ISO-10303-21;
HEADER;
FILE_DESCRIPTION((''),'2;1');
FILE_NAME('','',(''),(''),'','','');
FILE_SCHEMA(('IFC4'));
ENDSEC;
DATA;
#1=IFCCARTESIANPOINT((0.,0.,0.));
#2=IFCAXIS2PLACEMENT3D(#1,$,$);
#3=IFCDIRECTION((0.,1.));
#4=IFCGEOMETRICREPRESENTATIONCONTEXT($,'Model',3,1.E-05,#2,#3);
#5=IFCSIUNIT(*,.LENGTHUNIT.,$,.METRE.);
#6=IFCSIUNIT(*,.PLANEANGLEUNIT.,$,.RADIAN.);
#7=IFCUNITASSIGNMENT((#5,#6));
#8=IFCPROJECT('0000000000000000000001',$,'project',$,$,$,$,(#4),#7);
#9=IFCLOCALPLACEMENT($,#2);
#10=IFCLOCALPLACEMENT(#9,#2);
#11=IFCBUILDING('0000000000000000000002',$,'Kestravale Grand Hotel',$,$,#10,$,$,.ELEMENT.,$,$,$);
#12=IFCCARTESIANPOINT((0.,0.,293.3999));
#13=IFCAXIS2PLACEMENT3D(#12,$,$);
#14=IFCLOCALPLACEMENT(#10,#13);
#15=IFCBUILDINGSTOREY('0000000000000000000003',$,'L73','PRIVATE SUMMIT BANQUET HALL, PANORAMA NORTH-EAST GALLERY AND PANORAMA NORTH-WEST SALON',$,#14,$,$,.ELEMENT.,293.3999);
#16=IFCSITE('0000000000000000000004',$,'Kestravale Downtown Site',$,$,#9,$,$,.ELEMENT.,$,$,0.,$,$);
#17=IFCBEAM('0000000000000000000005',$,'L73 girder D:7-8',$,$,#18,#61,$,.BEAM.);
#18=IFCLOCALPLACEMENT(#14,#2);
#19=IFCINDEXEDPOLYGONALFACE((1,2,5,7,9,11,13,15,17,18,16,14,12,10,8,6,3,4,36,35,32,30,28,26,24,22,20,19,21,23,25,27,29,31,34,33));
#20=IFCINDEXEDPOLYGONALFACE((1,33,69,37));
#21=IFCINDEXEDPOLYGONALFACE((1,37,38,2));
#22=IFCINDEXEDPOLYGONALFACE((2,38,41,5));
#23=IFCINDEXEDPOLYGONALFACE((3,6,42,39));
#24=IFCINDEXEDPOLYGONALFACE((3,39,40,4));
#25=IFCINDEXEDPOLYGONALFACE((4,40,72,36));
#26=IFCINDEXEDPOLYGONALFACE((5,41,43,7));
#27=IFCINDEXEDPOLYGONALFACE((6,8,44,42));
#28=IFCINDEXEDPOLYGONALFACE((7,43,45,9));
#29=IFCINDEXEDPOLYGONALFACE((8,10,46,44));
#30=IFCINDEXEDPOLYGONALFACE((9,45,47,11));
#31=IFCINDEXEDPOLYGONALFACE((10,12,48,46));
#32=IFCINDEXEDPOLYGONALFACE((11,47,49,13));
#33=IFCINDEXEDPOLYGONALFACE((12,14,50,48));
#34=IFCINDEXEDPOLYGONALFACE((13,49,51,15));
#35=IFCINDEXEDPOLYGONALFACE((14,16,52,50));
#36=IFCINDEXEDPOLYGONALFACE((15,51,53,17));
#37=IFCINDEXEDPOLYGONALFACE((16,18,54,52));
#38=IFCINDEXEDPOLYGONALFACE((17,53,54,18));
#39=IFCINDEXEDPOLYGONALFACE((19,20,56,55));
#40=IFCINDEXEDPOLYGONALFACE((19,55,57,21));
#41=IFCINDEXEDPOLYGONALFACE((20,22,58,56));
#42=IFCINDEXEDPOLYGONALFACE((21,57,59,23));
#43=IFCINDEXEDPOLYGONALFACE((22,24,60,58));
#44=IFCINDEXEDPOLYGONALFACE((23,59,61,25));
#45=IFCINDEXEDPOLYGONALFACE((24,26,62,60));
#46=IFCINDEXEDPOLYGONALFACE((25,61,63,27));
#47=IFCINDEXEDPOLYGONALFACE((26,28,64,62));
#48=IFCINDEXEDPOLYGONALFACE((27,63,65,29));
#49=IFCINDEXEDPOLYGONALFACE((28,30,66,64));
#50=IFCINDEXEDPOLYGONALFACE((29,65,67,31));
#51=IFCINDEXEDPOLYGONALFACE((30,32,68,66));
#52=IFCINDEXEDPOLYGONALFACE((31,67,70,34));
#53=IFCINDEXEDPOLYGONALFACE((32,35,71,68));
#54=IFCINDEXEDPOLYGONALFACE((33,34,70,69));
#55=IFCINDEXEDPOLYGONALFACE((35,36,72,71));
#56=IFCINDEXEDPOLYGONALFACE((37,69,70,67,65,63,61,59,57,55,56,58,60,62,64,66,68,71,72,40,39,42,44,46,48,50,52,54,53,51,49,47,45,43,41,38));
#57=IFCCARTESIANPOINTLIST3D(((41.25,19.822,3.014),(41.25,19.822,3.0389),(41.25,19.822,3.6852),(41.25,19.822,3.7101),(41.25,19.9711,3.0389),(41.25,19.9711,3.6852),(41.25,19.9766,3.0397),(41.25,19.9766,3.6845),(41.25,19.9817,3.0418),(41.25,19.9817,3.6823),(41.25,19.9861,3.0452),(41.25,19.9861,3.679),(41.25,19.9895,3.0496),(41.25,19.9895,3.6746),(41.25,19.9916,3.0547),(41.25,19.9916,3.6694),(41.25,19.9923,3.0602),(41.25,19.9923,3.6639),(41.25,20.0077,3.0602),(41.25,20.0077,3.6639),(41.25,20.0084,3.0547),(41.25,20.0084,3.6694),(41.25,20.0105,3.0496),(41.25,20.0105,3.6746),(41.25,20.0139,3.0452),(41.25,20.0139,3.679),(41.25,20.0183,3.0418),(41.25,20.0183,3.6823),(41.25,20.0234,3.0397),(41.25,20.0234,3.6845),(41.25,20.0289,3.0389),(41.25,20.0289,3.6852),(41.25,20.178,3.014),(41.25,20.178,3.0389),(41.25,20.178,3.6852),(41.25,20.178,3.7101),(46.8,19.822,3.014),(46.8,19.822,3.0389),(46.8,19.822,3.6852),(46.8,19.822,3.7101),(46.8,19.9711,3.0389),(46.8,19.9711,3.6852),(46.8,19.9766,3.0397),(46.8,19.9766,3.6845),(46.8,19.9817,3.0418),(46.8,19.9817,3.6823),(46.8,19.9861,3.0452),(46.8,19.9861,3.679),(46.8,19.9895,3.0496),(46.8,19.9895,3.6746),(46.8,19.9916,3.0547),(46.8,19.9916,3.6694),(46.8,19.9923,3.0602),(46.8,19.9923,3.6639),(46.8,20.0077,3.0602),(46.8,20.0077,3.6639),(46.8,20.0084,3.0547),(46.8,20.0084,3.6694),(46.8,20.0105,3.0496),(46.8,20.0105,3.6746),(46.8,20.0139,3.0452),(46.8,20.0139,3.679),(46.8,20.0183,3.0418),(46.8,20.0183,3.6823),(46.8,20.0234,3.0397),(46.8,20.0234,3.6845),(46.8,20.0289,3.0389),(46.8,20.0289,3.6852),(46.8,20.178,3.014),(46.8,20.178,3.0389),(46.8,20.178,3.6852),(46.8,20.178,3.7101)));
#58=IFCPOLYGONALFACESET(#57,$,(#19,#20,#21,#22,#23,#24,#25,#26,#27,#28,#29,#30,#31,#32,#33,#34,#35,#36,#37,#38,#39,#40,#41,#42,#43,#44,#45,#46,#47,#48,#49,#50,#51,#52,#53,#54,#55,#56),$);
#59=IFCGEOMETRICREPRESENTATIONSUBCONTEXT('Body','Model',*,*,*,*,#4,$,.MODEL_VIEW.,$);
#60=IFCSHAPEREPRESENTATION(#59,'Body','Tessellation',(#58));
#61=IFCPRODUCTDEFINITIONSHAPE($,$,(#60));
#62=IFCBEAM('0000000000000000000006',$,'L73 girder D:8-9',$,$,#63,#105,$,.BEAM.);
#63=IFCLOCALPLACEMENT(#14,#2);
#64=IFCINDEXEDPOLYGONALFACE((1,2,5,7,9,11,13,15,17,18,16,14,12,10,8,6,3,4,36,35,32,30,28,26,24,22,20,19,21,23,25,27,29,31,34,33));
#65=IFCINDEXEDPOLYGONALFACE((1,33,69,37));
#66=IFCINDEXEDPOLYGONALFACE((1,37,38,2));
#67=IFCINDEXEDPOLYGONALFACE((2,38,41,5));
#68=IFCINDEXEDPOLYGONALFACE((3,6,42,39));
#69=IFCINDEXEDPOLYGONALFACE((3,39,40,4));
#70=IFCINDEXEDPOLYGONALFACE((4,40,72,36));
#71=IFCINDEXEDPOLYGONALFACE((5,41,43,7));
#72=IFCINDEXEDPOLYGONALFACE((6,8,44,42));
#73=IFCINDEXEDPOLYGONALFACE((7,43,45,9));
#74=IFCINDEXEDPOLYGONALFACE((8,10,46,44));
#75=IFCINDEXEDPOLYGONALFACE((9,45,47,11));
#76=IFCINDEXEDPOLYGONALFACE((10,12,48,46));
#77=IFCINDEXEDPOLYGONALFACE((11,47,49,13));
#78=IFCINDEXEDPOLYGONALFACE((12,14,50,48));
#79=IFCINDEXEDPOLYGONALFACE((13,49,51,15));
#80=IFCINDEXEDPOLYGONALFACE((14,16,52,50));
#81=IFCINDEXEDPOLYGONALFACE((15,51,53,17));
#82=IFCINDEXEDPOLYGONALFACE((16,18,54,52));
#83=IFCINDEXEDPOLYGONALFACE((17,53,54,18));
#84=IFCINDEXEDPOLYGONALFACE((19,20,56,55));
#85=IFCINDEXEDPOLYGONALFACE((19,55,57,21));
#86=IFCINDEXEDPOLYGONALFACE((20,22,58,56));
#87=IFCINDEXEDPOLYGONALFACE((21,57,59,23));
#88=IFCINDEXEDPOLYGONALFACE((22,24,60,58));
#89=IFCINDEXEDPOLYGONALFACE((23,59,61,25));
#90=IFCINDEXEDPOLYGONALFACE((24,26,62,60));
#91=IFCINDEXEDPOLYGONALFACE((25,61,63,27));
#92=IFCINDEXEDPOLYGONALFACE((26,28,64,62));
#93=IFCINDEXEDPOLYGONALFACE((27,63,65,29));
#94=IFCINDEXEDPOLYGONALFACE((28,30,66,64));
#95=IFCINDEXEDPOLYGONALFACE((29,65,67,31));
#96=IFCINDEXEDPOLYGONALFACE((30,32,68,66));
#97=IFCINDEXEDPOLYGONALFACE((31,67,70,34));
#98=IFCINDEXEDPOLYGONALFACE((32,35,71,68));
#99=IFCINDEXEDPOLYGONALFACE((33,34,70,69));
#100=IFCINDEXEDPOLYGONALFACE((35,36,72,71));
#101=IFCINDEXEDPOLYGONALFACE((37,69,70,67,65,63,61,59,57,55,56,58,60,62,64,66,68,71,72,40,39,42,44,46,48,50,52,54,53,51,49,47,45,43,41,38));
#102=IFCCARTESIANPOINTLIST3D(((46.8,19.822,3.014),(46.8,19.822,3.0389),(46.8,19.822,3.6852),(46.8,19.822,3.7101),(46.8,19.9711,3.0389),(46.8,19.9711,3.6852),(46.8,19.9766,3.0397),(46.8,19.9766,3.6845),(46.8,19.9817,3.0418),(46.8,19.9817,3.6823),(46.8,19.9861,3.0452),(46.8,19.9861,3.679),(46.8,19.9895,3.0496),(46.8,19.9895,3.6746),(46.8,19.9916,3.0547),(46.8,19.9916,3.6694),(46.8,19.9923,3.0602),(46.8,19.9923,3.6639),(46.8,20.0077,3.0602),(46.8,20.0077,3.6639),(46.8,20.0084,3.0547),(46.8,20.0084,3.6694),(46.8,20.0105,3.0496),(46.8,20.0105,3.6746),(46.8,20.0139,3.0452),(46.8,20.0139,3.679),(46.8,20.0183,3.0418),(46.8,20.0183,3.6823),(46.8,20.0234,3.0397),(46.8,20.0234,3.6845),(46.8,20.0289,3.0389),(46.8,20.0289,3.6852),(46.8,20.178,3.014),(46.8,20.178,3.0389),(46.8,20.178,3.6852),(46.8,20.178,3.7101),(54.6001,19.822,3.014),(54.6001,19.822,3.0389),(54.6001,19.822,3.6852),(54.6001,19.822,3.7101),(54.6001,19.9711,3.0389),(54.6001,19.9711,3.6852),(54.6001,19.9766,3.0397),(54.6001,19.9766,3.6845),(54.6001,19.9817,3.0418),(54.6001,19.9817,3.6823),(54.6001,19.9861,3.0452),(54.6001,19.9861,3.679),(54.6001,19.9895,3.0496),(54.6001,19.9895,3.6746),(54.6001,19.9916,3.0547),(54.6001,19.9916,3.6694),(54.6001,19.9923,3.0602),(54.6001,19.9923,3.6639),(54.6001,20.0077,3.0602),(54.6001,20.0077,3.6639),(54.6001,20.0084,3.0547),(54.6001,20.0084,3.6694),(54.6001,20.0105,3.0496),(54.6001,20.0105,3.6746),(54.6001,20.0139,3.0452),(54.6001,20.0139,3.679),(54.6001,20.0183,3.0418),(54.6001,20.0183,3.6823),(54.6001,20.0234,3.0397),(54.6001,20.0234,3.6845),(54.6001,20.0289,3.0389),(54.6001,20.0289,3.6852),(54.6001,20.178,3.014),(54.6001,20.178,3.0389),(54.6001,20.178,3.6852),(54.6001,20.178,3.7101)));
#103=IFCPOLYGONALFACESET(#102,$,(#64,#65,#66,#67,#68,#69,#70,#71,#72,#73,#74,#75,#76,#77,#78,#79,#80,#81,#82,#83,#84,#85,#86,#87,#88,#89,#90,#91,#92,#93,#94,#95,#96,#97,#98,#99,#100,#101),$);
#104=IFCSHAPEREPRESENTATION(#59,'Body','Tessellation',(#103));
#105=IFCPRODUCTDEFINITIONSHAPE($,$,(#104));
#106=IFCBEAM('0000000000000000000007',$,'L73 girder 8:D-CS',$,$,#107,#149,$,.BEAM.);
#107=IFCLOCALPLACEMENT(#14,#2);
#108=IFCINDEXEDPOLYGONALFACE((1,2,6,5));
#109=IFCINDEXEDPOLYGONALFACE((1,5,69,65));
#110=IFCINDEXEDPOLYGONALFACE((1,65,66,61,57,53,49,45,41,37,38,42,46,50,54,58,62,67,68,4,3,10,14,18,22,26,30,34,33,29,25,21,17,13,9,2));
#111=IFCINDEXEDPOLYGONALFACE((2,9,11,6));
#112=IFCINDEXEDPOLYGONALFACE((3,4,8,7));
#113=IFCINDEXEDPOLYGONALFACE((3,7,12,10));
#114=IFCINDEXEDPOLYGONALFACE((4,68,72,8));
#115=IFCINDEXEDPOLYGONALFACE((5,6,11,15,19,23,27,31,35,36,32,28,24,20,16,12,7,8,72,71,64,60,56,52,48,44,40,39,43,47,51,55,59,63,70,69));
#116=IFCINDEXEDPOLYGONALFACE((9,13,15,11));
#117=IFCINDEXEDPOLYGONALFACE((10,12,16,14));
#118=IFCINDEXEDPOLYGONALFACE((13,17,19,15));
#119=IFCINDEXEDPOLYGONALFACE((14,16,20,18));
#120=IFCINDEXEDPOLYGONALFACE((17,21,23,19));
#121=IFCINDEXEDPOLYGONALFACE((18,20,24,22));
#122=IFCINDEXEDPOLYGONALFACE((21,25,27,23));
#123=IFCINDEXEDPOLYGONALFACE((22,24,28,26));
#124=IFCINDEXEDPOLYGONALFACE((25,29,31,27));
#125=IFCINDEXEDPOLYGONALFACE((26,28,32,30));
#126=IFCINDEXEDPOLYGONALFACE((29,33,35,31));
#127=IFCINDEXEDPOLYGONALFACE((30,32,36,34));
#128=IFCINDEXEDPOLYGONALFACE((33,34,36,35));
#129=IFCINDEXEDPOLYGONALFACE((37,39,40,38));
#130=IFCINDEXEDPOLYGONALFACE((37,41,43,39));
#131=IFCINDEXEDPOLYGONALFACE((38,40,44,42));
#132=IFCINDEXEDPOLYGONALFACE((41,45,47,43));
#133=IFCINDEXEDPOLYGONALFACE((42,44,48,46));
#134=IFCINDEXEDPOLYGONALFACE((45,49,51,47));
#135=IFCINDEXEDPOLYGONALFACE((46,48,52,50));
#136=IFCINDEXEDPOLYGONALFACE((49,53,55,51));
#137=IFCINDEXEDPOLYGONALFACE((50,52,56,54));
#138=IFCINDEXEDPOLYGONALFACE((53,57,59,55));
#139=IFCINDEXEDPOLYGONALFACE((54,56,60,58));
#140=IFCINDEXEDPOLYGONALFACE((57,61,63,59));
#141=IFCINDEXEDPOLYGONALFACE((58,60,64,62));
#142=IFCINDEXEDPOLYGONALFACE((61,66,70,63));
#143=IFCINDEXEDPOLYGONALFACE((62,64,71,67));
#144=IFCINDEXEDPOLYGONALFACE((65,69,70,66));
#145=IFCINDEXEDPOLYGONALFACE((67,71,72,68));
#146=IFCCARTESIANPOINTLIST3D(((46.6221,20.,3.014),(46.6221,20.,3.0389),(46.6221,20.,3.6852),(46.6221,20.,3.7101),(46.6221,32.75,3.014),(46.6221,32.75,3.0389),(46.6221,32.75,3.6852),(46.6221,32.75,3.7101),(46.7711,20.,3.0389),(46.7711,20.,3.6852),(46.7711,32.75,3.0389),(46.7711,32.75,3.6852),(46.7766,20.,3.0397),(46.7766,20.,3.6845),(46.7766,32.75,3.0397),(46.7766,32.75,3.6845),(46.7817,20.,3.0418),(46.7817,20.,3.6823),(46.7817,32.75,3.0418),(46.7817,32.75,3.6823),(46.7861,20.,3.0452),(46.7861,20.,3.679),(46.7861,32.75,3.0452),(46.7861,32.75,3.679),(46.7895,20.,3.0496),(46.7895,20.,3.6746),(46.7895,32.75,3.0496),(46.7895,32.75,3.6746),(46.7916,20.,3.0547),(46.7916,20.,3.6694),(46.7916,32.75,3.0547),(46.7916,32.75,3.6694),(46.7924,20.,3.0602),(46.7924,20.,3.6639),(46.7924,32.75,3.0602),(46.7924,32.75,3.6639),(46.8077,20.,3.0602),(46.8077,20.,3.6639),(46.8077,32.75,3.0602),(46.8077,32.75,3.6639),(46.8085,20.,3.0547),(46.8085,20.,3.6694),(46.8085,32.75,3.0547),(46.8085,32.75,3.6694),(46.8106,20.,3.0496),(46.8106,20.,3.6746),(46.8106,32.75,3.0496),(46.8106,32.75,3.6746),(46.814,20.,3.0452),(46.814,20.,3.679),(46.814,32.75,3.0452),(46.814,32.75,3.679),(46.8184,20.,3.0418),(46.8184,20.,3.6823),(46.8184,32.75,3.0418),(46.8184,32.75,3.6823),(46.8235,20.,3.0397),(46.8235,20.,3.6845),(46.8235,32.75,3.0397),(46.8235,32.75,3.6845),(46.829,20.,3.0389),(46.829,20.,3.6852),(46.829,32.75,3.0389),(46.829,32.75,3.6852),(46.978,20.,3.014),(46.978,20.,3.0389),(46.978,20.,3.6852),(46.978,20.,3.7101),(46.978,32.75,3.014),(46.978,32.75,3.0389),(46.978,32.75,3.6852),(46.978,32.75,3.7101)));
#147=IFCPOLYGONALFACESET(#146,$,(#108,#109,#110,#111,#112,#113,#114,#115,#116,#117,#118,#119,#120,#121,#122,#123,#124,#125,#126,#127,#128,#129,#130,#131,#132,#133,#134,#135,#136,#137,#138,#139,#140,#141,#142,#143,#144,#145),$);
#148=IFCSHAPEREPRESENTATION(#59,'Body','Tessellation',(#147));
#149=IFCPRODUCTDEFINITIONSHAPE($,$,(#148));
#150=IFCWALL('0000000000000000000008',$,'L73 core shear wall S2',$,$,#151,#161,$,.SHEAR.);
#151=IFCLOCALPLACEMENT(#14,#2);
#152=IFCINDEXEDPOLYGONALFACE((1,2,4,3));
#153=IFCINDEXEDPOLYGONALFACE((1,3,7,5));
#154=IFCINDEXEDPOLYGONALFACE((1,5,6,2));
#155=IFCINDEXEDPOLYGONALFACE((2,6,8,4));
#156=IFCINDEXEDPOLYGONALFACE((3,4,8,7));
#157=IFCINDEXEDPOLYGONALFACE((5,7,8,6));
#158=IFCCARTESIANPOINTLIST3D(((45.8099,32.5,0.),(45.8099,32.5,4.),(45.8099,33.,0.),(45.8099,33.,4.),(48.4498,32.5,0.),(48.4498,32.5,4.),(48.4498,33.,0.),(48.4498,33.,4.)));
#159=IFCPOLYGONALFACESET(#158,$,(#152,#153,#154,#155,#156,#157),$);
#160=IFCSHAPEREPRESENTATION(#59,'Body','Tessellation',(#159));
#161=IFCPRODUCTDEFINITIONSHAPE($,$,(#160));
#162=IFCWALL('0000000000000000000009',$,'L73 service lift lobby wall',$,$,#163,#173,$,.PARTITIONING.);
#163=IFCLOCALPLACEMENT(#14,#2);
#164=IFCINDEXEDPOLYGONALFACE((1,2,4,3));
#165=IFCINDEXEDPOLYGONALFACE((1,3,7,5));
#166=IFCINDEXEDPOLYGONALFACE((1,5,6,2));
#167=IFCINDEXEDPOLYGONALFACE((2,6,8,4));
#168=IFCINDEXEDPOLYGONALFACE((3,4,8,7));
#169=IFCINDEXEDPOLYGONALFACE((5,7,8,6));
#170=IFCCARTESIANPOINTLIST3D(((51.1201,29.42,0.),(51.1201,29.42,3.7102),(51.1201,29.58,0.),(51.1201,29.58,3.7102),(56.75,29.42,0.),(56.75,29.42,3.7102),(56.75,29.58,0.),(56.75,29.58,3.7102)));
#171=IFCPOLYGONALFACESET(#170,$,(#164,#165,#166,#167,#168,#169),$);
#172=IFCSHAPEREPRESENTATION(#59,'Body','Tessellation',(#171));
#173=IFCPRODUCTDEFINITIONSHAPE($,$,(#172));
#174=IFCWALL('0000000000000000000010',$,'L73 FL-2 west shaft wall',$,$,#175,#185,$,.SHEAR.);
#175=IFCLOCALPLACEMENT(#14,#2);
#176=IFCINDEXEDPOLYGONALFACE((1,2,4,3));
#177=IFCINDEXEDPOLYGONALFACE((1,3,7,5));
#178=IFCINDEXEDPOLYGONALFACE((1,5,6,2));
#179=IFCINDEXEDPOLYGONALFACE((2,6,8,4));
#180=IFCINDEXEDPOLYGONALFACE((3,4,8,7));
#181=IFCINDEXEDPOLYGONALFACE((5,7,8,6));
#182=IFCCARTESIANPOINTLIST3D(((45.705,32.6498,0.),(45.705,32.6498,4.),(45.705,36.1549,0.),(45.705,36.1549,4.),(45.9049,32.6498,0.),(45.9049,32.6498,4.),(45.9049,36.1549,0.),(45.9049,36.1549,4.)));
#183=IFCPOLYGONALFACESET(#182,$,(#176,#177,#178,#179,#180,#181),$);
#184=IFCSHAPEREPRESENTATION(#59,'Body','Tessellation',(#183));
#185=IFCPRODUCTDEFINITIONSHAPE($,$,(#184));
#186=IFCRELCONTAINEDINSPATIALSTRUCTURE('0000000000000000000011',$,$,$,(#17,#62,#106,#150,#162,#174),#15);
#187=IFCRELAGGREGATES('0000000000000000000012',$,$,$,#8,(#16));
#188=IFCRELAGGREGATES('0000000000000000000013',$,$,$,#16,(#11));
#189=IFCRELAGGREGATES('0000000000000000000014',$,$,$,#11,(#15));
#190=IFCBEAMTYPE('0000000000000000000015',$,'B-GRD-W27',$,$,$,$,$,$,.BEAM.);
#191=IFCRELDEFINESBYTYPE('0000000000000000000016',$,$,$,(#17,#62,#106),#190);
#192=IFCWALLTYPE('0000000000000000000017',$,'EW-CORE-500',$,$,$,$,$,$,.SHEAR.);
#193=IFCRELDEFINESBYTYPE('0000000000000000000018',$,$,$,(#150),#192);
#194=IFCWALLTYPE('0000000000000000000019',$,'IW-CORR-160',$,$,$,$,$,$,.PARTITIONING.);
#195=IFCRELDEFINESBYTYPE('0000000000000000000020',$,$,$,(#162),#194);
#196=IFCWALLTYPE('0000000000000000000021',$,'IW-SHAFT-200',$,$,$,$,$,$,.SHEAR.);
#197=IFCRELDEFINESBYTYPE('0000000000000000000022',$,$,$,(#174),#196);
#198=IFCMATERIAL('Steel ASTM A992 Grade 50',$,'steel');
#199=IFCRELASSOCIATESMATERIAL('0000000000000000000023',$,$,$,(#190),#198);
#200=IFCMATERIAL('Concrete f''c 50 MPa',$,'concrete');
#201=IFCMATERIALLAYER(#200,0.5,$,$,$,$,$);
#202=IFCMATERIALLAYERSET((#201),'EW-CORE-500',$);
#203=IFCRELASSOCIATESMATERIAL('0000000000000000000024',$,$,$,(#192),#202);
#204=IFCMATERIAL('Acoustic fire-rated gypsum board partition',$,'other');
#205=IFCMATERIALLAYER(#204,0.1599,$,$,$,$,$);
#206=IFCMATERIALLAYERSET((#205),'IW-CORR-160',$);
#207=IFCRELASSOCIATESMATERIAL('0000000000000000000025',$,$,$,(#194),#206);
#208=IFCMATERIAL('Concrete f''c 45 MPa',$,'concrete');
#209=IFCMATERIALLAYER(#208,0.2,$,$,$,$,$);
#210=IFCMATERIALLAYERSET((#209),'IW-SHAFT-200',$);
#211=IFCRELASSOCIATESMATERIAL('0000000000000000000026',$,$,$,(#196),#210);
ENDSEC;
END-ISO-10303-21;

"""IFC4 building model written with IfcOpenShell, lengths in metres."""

from ifc_helpers import new_model, si_unit, direction, frame, frame_2d, origin, origin_2d, place, context, subcontext, project, spatial, rectangle, i_section, extrude, material, layer, layer_set, material_profile, profile_set, type_object, element, save


model = new_model("IFC4")

# Units and contexts
model_context = context("Model", 3, precision=1e-05, world=origin(), true_north=direction((0.0, 1.0)))
body_context = subcontext(model_context, "Body", "Model", "MODEL_VIEW")
ifc_project = project(units=[si_unit("LENGTHUNIT", "METRE"), si_unit("PLANEANGLEUNIT", "RADIAN")], contexts=[model_context])

# Site, building, storey
site_placement = place(None, origin())
site = spatial("IfcSite", under=ifc_project, at=site_placement, Name="Kestravale Downtown Site", CompositionType="ELEMENT", RefElevation=0.0)
building_placement = place(site_placement, origin())
building = spatial("IfcBuilding", under=site, at=building_placement, Name="Kestravale Grand Hotel", CompositionType="ELEMENT")
storey_placement = place(building_placement, frame((0.0, 0.0, 293.3999)))
storey = spatial("IfcBuildingStorey", under=building, at=storey_placement, Name="L73", Description="PRIVATE SUMMIT BANQUET HALL, PANORAMA NORTH-EAST GALLERY AND PANORAMA NORTH-WEST SALON", CompositionType="ELEMENT", Elevation=293.3999)

# Beams
ifc_material_1 = material(Name="Steel ASTM A992 Grade 50", Category="steel")
ifc_material_profile_1 = material_profile(ifc_material_1, i_section(OverallWidth=0.356, OverallDepth=0.696, WebThickness=0.0154, FlangeThickness=0.0249, FilletRadius=0.0212, at=origin_2d()))
ifc_profile_set_1 = profile_set([ifc_material_profile_1], Name="Steel ASTM A992 Grade 50")
beam_type = type_object("IfcBeamType", Name="B-GRD-W27", PredefinedType="BEAM", material=ifc_profile_set_1)
beam_1_placement = place(storey_placement, frame((41.25, 20.0, 3.3621), z_axis=(1.0, 0.0, 0.0), x_axis=(0.0, 1.0, 0.0)))
element("IfcBeam", 1, at=beam_1_placement, inside=storey, type_object=beam_type, Name="L73 girder D:7-8", PredefinedType="BEAM", context=body_context, shape_type="SweptSolid", body=[
    extrude(i_section(OverallWidth=0.356, OverallDepth=0.696, WebThickness=0.0154, FlangeThickness=0.0249, FilletRadius=0.0212, at=origin_2d()), origin(), (0.0, 0.0, 1.0), 5.55),
])
beam_2_placement = place(storey_placement, frame((46.8, 20.0, 3.3621), z_axis=(1.0, 0.0, 0.0), x_axis=(0.0, 1.0, 0.0)))
element("IfcBeam", 2, at=beam_2_placement, inside=storey, type_object=beam_type, Name="L73 girder D:8-9", PredefinedType="BEAM", context=body_context, shape_type="SweptSolid", body=[
    extrude(i_section(OverallWidth=0.356, OverallDepth=0.696, WebThickness=0.0154, FlangeThickness=0.0249, FilletRadius=0.0212, at=origin_2d()), origin(), (0.0, 0.0, 1.0), 7.8),
])
beam_3_placement = place(storey_placement, frame((46.8, 20.0, 3.3621), z_axis=(0.0, 1.0, 0.0), x_axis=(-1.0, 0.0, 0.0)))
element("IfcBeam", 3, at=beam_3_placement, inside=storey, type_object=beam_type, Name="L73 girder 8:D-CS", PredefinedType="BEAM", context=body_context, shape_type="SweptSolid", body=[
    extrude(i_section(OverallWidth=0.356, OverallDepth=0.696, WebThickness=0.0154, FlangeThickness=0.0249, FilletRadius=0.0212, at=origin_2d()), origin(), (0.0, 0.0, 1.0), 12.75),
])

# Wall
ifc_material_2 = material(Name="Concrete f'c 50 MPa", Category="concrete")
ifc_layer_1 = layer(ifc_material_2, 0.5)
ifc_layer_set_1 = layer_set([ifc_layer_1], Name="EW-CORE-500")
wall_type_1 = type_object("IfcWallType", Name="EW-CORE-500", PredefinedType="SHEAR", material=ifc_layer_set_1)
wall_1_placement = place(storey_placement, frame((45.8101, 32.75, 0.0), z_axis=(0.0, 0.0, 1.0), x_axis=(1.0, 0.0, 0.0)))
element("IfcWall", 4, at=wall_1_placement, inside=storey, type_object=wall_type_1, Name="L73 core shear wall S2", PredefinedType="SHEAR", context=body_context, shape_type="SweptSolid", body=[
    extrude(rectangle(XDim=2.6399, YDim=0.5, at=frame_2d((1.3198, 0.0))), origin(), (0.0, 0.0, 1.0), 4.0),
])

# Shared definitions
ifc_material_3 = material(Name="Acoustic fire-rated gypsum board partition", Category="other")
ifc_layer_2 = layer(ifc_material_3, 0.1599)
ifc_layer_set_2 = layer_set([ifc_layer_2], Name="IW-CORR-160")
wall_type_2 = type_object("IfcWallType", Name="IW-CORR-160", PredefinedType="PARTITIONING", material=ifc_layer_set_2)

# Walls
wall_2_placement = place(storey_placement, frame((51.1201, 29.5, 0.0), z_axis=(0.0, 0.0, 1.0), x_axis=(1.0, 0.0, 0.0)))
element("IfcWall", 5, at=wall_2_placement, inside=storey, type_object=wall_type_2, Name="L73 service lift lobby wall", PredefinedType="PARTITIONING", context=body_context, shape_type="SweptSolid", body=[
    extrude(rectangle(XDim=5.6299, YDim=0.1599, at=frame_2d((2.8149, 0.0))), origin(), (0.0, 0.0, 1.0), 3.7102),
])
ifc_material_4 = material(Name="Concrete f'c 45 MPa", Category="concrete")
ifc_layer_3 = layer(ifc_material_4, 0.2)
ifc_layer_set_3 = layer_set([ifc_layer_3], Name="IW-SHAFT-200")
wall_type_3 = type_object("IfcWallType", Name="IW-SHAFT-200", PredefinedType="SHEAR", material=ifc_layer_set_3)
wall_3_placement = place(storey_placement, frame((45.8049, 32.6499, 0.0), z_axis=(0.0, 0.0, 1.0), x_axis=(0.0, 1.0, 0.0)))
element("IfcWall", 6, at=wall_3_placement, inside=storey, type_object=wall_type_3, Name="L73 FL-2 west shaft wall", PredefinedType="SHEAR", context=body_context, shape_type="SweptSolid", body=[
    extrude(rectangle(XDim=3.5051, YDim=0.2, at=frame_2d((1.7524, 0.0))), origin(), (0.0, 0.0, 1.0), 4.0),
])

save(model, "model.ifc")
